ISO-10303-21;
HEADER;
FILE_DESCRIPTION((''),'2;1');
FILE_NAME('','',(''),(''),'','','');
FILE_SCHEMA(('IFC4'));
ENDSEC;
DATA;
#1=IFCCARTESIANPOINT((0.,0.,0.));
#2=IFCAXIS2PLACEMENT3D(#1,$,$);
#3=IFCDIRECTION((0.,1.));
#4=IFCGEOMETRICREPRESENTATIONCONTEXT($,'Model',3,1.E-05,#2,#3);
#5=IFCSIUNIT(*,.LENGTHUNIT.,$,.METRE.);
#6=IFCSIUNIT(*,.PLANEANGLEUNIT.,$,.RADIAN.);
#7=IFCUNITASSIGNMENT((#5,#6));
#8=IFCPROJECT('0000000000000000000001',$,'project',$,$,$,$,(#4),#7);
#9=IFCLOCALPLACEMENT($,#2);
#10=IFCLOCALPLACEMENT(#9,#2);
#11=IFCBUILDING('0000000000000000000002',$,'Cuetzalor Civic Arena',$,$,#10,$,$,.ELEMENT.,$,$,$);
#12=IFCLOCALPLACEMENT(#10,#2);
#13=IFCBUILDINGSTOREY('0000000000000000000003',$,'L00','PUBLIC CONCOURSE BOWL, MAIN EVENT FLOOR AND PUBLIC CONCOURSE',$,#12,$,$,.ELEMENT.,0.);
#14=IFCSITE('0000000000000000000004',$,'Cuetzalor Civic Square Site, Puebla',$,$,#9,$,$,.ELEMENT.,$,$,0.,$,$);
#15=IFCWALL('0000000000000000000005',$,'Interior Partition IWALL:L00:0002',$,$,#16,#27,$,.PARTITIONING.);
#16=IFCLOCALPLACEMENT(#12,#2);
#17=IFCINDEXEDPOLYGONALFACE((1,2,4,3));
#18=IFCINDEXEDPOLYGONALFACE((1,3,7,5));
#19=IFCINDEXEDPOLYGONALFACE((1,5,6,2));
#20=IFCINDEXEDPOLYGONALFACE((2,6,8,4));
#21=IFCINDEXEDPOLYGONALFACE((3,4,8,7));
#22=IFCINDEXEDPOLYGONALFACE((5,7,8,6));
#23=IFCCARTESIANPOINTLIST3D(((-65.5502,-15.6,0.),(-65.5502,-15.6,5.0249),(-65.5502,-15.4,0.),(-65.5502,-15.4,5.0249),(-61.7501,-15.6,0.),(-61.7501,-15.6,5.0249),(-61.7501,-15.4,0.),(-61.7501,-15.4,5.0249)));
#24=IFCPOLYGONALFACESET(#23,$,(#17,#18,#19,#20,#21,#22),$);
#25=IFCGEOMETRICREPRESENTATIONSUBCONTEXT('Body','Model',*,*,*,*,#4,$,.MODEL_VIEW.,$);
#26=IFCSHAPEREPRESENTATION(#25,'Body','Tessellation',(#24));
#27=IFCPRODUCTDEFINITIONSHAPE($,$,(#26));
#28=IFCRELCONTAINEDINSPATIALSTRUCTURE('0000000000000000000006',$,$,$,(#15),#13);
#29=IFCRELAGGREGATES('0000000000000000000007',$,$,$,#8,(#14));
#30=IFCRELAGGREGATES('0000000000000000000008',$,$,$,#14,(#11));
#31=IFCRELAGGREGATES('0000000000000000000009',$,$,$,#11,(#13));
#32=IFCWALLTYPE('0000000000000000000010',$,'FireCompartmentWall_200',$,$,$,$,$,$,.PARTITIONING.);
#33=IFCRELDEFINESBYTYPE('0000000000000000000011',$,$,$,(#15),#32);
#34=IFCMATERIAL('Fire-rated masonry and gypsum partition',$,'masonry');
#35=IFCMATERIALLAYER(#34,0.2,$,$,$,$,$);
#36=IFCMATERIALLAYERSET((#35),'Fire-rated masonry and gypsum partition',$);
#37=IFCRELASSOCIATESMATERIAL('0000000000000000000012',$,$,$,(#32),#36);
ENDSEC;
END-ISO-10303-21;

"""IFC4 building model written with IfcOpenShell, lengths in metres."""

from ifc_helpers import new_model, si_unit, direction, frame, frame_2d, origin, place, context, subcontext, project, spatial, rectangle, extrude, material, layer, layer_set, type_object, element, save


model = new_model("IFC4")

# Units and contexts
model_context = context("Model", 3, precision=1e-05, world=origin(), true_north=direction((0.0, 1.0)))
body_context = subcontext(model_context, "Body", "Model", "MODEL_VIEW")
ifc_project = project(units=[si_unit("LENGTHUNIT", "METRE"), si_unit("PLANEANGLEUNIT", "RADIAN")], contexts=[model_context])

# Site, building, storey
site_placement = place(None, origin())
site = spatial("IfcSite", under=ifc_project, at=site_placement, Name="Cuetzalor Civic Square Site, Puebla", CompositionType="ELEMENT", RefElevation=0.0)
building_placement = place(site_placement, origin())
building = spatial("IfcBuilding", under=site, at=building_placement, Name="Cuetzalor Civic Arena", CompositionType="ELEMENT")
storey_placement = place(building_placement, origin())
storey = spatial("IfcBuildingStorey", under=building, at=storey_placement, Name="L00", Description="PUBLIC CONCOURSE BOWL, MAIN EVENT FLOOR AND PUBLIC CONCOURSE", CompositionType="ELEMENT", Elevation=0.0)

# Wall
ifc_material_1 = material(Name="Fire-rated masonry and gypsum partition", Category="masonry")
ifc_layer_1 = layer(ifc_material_1, 0.2)
ifc_layer_set_1 = layer_set([ifc_layer_1], Name="Fire-rated masonry and gypsum partition")
wall_type_1 = type_object("IfcWallType", Name="FireCompartmentWall_200", PredefinedType="PARTITIONING", material=ifc_layer_set_1)
wall_1_placement = place(storey_placement, frame((-65.55, -15.5, 0.0), z_axis=(0.0, 0.0, 1.0), x_axis=(1.0, 0.0, 0.0)))
element("IfcWall", 1, at=wall_1_placement, inside=storey, type_object=wall_type_1, Name="Interior Partition IWALL:L00:0002", PredefinedType="PARTITIONING", context=body_context, shape_type="SweptSolid", body=[
    extrude(rectangle(XDim=3.8, YDim=0.2, at=frame_2d((1.8999, 0.0))), origin(), (0.0, 0.0, 1.0), 5.0249),
])

save(model, "model.ifc")
